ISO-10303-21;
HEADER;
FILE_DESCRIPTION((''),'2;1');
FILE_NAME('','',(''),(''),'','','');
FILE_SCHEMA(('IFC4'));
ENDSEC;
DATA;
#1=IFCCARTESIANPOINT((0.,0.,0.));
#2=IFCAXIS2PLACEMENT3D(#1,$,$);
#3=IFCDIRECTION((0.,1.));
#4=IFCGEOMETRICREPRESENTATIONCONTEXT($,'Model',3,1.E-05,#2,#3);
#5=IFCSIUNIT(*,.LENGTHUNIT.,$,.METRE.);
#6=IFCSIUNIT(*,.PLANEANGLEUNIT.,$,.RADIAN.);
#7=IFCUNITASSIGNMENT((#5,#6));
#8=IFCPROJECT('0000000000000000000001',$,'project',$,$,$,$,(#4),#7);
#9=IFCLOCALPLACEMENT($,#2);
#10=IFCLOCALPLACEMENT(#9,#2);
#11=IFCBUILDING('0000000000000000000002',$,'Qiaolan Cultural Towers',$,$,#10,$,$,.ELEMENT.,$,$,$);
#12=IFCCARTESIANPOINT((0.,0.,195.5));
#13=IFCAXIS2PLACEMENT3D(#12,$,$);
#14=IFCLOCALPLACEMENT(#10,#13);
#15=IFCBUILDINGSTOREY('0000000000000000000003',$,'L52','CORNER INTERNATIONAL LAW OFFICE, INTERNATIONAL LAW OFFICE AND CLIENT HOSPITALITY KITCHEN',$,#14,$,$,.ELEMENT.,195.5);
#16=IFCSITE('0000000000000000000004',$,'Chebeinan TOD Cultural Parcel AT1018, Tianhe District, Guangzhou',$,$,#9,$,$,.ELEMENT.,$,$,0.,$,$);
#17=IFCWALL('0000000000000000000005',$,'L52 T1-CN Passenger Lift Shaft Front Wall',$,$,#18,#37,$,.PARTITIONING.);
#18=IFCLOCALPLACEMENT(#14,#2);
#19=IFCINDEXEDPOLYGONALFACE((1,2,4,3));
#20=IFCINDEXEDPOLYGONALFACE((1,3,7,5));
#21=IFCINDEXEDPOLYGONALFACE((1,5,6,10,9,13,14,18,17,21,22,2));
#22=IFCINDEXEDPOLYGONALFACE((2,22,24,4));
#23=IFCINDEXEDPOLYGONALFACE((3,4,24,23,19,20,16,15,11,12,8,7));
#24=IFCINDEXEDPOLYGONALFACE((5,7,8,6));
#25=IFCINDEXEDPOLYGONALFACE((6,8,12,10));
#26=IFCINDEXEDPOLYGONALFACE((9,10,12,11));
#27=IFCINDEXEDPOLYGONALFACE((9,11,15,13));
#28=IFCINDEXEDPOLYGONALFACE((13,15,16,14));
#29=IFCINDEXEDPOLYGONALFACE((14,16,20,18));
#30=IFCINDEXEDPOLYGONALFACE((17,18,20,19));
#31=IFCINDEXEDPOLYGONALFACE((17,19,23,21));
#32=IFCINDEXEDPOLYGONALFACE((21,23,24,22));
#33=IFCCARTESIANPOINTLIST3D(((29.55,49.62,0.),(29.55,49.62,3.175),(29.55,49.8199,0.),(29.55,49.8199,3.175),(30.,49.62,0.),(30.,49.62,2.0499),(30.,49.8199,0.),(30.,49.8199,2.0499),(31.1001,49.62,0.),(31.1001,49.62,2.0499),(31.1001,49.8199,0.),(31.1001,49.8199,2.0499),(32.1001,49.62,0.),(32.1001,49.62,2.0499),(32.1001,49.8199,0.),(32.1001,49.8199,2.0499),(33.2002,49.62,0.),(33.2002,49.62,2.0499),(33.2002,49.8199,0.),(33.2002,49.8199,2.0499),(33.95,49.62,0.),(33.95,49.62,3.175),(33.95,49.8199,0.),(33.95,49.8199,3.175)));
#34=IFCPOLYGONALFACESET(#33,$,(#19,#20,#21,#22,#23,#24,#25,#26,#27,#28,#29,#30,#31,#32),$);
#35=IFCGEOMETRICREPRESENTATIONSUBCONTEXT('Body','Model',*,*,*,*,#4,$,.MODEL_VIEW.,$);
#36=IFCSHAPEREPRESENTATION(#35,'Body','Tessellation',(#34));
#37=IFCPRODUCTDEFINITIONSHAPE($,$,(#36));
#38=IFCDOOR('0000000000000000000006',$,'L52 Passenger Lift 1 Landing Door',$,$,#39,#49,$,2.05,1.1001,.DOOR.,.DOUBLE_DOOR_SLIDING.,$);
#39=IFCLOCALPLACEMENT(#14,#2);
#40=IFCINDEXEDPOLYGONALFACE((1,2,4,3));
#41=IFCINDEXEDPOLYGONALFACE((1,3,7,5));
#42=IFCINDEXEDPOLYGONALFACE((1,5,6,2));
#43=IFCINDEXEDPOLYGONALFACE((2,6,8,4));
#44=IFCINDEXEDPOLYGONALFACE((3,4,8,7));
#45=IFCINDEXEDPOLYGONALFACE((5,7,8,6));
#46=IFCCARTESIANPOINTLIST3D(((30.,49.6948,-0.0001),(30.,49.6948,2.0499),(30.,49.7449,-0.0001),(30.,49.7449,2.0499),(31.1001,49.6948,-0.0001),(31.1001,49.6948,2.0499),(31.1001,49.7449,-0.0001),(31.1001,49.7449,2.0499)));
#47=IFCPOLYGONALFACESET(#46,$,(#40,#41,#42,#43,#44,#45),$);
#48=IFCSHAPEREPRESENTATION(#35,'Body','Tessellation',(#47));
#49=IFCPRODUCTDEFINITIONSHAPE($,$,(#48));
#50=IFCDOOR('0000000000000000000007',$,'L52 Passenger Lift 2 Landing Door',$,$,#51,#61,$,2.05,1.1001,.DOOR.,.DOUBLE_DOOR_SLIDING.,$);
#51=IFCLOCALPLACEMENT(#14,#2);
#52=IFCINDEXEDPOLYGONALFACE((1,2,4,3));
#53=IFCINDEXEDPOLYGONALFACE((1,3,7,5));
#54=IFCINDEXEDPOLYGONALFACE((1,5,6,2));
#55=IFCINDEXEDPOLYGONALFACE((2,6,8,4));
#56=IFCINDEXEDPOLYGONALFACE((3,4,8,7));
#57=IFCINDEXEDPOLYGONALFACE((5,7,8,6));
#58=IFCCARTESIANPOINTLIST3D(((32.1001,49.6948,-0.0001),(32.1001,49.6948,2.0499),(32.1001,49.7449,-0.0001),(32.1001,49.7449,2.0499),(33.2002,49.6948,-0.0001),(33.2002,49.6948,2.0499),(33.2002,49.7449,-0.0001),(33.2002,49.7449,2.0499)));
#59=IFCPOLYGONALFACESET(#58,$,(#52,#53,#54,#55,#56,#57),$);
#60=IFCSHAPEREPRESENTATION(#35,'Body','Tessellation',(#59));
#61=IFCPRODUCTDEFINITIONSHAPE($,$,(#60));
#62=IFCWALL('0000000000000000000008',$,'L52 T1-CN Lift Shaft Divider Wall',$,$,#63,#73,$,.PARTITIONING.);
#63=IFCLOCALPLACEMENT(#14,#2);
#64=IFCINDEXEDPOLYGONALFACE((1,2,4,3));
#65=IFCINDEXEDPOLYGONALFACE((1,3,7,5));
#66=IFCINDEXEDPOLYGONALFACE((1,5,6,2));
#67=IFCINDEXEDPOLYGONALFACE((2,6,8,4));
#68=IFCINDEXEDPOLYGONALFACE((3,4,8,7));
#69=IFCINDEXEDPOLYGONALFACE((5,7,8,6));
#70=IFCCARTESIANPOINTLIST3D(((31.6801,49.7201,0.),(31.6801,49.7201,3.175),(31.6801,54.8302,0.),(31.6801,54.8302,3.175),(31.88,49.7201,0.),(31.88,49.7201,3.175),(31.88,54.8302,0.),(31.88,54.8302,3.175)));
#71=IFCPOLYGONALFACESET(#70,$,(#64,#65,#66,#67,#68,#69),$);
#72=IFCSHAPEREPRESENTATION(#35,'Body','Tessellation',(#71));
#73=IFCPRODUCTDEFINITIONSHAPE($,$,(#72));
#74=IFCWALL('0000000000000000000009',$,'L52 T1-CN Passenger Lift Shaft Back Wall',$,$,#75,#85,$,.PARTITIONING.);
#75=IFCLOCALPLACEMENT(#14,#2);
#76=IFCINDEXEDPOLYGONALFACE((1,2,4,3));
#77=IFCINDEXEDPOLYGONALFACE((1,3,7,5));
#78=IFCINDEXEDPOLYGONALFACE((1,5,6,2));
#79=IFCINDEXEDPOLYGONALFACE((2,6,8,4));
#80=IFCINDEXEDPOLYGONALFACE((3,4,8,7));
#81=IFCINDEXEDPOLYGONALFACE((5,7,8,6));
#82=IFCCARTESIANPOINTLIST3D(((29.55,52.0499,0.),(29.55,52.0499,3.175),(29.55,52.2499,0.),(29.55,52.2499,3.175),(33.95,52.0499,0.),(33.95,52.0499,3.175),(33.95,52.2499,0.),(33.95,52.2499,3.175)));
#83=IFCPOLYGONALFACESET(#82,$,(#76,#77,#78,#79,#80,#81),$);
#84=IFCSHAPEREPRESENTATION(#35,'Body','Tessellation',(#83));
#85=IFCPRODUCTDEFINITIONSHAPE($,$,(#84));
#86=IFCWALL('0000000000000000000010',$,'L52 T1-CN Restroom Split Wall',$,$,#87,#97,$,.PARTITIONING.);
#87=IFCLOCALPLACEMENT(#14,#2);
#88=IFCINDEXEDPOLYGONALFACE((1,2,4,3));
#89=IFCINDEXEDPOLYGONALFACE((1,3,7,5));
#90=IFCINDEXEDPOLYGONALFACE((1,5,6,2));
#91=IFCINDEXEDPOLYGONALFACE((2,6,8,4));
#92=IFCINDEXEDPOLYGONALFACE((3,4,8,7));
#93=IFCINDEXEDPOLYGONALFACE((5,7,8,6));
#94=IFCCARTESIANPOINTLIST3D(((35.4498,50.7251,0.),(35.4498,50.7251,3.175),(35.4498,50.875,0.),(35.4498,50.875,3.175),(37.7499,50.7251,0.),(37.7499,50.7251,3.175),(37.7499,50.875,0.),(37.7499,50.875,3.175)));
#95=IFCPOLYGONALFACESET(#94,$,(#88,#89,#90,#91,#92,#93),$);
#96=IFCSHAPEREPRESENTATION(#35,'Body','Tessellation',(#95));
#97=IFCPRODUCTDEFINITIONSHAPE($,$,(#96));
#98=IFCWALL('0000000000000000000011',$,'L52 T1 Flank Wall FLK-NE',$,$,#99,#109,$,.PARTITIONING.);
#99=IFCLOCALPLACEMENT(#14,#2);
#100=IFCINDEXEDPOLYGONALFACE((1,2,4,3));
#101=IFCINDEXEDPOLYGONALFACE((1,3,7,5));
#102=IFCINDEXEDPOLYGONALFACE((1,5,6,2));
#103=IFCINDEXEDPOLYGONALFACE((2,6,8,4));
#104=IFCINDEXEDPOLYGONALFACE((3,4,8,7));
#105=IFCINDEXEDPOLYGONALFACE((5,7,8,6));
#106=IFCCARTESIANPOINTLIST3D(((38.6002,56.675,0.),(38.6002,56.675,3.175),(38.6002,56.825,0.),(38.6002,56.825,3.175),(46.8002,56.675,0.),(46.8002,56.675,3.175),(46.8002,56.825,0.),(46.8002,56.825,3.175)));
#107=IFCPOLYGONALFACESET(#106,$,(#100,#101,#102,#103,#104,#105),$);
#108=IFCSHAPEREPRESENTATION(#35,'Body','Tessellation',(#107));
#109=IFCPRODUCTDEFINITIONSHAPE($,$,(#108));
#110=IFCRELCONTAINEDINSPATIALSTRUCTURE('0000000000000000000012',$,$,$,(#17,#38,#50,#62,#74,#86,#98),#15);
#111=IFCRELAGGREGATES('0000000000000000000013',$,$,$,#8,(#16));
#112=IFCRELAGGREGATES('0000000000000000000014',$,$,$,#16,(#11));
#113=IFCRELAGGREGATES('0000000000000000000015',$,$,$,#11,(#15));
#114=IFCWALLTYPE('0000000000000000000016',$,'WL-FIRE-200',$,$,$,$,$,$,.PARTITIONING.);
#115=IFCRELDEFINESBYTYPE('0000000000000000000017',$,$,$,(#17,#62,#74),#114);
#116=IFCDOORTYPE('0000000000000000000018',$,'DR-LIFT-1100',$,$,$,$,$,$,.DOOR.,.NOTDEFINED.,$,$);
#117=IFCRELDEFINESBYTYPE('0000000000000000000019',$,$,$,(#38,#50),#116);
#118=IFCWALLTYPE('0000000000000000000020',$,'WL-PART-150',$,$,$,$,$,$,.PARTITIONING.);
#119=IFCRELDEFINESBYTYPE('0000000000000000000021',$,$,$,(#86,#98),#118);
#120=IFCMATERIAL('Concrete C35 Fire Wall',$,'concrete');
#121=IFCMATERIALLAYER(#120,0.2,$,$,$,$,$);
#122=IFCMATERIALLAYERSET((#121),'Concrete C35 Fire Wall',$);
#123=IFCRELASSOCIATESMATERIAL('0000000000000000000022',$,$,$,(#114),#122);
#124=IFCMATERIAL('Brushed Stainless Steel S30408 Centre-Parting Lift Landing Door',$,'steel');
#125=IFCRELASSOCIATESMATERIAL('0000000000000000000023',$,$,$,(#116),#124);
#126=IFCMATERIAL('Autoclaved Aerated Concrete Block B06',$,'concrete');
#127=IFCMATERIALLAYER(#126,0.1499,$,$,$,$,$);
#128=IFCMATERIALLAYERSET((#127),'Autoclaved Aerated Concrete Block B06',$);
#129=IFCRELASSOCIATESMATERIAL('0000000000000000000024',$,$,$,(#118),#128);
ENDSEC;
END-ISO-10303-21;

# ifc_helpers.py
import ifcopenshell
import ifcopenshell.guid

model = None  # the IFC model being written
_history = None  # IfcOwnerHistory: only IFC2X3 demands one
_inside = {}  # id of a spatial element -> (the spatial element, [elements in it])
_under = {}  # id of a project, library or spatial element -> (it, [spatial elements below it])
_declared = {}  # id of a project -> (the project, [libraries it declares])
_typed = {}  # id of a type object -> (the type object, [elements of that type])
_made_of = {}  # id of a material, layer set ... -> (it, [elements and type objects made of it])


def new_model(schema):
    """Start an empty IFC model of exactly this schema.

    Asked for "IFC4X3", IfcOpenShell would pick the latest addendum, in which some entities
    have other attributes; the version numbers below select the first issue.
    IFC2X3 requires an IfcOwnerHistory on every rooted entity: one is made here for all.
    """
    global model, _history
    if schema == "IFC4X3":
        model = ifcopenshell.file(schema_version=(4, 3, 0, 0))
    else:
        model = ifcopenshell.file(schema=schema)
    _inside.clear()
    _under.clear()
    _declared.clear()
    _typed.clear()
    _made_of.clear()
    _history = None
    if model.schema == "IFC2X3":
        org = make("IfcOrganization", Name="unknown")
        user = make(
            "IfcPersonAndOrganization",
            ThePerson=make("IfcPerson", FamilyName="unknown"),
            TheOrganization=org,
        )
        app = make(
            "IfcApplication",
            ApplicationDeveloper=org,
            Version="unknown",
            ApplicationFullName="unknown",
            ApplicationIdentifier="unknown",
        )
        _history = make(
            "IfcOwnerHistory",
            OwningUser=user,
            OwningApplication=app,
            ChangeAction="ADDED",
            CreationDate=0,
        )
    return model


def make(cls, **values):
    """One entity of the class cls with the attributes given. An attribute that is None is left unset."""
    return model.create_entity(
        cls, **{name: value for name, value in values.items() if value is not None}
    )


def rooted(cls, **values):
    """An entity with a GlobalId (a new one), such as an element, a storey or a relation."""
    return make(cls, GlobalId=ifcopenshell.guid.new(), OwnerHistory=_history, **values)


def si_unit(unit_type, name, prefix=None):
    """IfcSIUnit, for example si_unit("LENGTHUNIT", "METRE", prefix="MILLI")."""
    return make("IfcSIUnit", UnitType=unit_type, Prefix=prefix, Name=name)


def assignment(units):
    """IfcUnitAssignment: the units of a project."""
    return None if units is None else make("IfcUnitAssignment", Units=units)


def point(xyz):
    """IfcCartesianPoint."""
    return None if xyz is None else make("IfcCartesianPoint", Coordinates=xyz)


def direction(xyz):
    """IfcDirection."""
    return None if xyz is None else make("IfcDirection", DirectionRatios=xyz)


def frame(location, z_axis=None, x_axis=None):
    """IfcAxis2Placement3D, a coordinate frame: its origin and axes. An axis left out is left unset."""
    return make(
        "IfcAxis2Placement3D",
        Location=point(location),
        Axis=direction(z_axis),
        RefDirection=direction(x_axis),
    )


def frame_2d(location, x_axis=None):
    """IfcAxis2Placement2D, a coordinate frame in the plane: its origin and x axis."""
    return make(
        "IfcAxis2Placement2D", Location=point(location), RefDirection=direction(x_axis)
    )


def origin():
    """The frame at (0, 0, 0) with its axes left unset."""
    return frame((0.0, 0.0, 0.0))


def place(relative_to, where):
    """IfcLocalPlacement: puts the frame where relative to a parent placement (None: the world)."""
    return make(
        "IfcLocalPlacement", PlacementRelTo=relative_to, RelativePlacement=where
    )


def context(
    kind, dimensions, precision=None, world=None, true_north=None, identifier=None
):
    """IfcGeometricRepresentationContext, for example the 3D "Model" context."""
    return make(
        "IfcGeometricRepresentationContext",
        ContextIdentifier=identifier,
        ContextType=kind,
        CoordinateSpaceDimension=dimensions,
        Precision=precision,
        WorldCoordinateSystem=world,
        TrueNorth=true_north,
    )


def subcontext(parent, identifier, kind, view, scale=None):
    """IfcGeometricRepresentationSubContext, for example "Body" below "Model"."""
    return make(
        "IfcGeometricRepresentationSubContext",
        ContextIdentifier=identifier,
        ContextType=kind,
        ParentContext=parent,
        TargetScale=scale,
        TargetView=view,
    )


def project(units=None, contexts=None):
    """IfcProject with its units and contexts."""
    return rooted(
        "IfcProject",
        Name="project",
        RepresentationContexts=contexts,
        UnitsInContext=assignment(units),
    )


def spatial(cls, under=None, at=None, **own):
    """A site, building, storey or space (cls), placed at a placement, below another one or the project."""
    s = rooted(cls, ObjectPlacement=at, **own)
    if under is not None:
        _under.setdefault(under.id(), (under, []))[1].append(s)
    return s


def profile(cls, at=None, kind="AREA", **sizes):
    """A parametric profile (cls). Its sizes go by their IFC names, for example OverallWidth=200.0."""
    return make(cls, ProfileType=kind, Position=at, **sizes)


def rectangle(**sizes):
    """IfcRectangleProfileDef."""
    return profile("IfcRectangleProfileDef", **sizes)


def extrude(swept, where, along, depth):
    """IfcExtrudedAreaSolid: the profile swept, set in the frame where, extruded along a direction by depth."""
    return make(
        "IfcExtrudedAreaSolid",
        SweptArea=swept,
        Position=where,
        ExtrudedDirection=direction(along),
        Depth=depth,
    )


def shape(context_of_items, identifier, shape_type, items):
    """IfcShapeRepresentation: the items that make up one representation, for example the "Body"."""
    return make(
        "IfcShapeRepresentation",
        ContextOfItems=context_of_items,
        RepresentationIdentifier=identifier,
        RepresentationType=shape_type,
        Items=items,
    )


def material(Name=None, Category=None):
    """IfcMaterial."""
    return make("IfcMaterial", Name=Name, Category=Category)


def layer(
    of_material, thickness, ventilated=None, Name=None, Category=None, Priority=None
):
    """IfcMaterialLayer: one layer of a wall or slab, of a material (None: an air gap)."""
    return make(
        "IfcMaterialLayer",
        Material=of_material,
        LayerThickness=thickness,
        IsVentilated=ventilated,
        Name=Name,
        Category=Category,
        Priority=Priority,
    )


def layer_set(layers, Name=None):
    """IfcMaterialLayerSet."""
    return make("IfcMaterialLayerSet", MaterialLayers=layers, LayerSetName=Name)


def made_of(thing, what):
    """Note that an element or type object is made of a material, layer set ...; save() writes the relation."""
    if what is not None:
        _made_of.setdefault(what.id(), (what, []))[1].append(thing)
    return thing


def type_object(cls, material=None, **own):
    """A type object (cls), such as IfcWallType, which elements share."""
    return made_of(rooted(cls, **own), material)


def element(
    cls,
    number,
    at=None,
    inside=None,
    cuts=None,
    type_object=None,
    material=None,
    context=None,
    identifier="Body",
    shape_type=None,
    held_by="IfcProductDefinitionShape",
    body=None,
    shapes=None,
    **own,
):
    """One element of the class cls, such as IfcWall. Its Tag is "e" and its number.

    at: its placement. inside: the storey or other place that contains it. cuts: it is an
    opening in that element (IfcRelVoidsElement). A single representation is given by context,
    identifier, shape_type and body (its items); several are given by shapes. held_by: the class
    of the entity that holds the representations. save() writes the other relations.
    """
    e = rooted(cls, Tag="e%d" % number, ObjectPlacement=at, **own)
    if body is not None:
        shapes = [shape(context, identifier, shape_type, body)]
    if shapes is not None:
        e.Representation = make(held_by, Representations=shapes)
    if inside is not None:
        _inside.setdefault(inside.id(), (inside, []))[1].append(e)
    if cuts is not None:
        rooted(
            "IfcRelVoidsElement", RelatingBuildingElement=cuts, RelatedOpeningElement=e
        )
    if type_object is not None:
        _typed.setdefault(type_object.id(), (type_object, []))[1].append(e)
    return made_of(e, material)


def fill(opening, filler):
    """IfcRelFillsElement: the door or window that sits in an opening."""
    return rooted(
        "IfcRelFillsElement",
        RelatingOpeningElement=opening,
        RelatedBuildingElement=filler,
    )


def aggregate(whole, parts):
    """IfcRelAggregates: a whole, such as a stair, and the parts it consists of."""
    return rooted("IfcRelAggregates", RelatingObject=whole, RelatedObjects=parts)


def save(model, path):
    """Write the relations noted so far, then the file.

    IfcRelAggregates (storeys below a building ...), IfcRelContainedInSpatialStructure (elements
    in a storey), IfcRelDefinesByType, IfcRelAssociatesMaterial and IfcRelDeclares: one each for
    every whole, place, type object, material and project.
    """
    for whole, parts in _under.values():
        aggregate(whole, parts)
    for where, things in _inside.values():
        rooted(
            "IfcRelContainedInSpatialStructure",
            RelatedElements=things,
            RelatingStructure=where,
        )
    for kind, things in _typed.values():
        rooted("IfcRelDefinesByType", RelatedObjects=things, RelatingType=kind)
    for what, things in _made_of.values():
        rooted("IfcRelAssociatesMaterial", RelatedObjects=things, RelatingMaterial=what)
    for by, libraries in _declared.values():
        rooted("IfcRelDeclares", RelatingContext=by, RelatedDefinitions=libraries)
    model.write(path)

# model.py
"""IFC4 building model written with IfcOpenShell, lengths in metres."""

from ifc_helpers import new_model, si_unit, direction, frame, frame_2d, origin, place, context, subcontext, project, spatial, rectangle, extrude, material, layer, layer_set, type_object, element, fill, save


model = new_model("IFC4")

# Units and contexts
model_context = context("Model", 3, precision=1e-05, world=origin(), true_north=direction((0.0, 1.0)))
body_context = subcontext(model_context, "Body", "Model", "MODEL_VIEW")
ifc_project = project(units=[si_unit("LENGTHUNIT", "METRE"), si_unit("PLANEANGLEUNIT", "RADIAN")], contexts=[model_context])

# Site, building, storey
site_placement = place(None, origin())
site = spatial("IfcSite", under=ifc_project, at=site_placement, Name="Chebeinan TOD Cultural Parcel AT1018, Tianhe District, Guangzhou", CompositionType="ELEMENT", RefElevation=0.0)
building_placement = place(site_placement, origin())
building = spatial("IfcBuilding", under=site, at=building_placement, Name="Qiaolan Cultural Towers", CompositionType="ELEMENT")
storey_placement = place(building_placement, frame((0.0, 0.0, 195.5)))
storey = spatial("IfcBuildingStorey", under=building, at=storey_placement, Name="L52", Description="CORNER INTERNATIONAL LAW OFFICE, INTERNATIONAL LAW OFFICE AND CLIENT HOSPITALITY KITCHEN", CompositionType="ELEMENT", Elevation=195.5)

# Shared definitions
ifc_material_1 = material(Name="Concrete C35 Fire Wall", Category="concrete")
ifc_layer_1 = layer(ifc_material_1, 0.2)
ifc_layer_set_1 = layer_set([ifc_layer_1], Name="Concrete C35 Fire Wall")
wall_type_1 = type_object("IfcWallType", Name="WL-FIRE-200", PredefinedType="PARTITIONING", material=ifc_layer_set_1)
ifc_material_2 = material(Name="Brushed Stainless Steel S30408 Centre-Parting Lift Landing Door", Category="steel")
door_type = type_object("IfcDoorType", Name="DR-LIFT-1100", OperationType="NOTDEFINED", PredefinedType="DOOR", material=ifc_material_2)

# Wall, openings, doors
wall_1_placement = place(storey_placement, frame((29.55, 49.72, 0.0), z_axis=(0.0, 0.0, 1.0), x_axis=(1.0, 0.0, 0.0)))
wall_1 = element("IfcWall", 1, at=wall_1_placement, inside=storey, type_object=wall_type_1, Name="L52 T1-CN Passenger Lift Shaft Front Wall", PredefinedType="PARTITIONING", context=body_context, shape_type="SweptSolid", body=[
    extrude(rectangle(XDim=4.3999, YDim=0.2, at=frame_2d((2.2, 0.0))), origin(), (0.0, 0.0, 1.0), 3.175),
])
opening_1_placement = place(wall_1_placement, frame((0.45, 0.0, 0.0)))
opening_1 = element("IfcOpeningElement", 2, at=opening_1_placement, cuts=wall_1, PredefinedType="OPENING", context=body_context, shape_type="SweptSolid", body=[
    extrude(rectangle(XDim=1.1001, YDim=2.05, at=frame_2d((0.55, 1.0249))), frame((0.0, 0.1099, 0.0), z_axis=(0.0, -1.0, 0.0), x_axis=(1.0, 0.0, 0.0)), (0.0, 0.0, 1.0), 0.22),
])
opening_2_placement = place(wall_1_placement, frame((2.55, 0.0, 0.0)))
opening_2 = element("IfcOpeningElement", 3, at=opening_2_placement, cuts=wall_1, PredefinedType="OPENING", context=body_context, shape_type="SweptSolid", body=[
    extrude(rectangle(XDim=1.1001, YDim=2.05, at=frame_2d((0.55, 1.0249))), frame((0.0, 0.1099, 0.0), z_axis=(0.0, -1.0, 0.0), x_axis=(1.0, 0.0, 0.0)), (0.0, 0.0, 1.0), 0.22),
])
door_1_placement = place(opening_1_placement, origin())
door_1 = element("IfcDoor", 4, at=door_1_placement, inside=storey, type_object=door_type, Name="L52 Passenger Lift 1 Landing Door", OperationType="DOUBLE_DOOR_SLIDING", OverallHeight=2.05, OverallWidth=1.1001, PredefinedType="DOOR", context=body_context, shape_type="SweptSolid", body=[
    extrude(rectangle(XDim=1.1001, YDim=2.05, at=frame_2d((0.55, 1.0249))), frame((0.0, 0.0249, 0.0), z_axis=(0.0, -1.0, 0.0), x_axis=(1.0, 0.0, 0.0)), (0.0, 0.0, 1.0), 0.05),
])
fill(opening_1, door_1)
door_2_placement = place(opening_2_placement, origin())
door_2 = element("IfcDoor", 5, at=door_2_placement, inside=storey, type_object=door_type, Name="L52 Passenger Lift 2 Landing Door", OperationType="DOUBLE_DOOR_SLIDING", OverallHeight=2.05, OverallWidth=1.1001, PredefinedType="DOOR", context=body_context, shape_type="SweptSolid", body=[
    extrude(rectangle(XDim=1.1001, YDim=2.05, at=frame_2d((0.55, 1.0249))), frame((0.0, 0.0249, 0.0), z_axis=(0.0, -1.0, 0.0), x_axis=(1.0, 0.0, 0.0)), (0.0, 0.0, 1.0), 0.05),
])
fill(opening_2, door_2)

# Walls
wall_2_placement = place(storey_placement, frame((31.78, 49.72, 0.0), z_axis=(0.0, 0.0, 1.0), x_axis=(0.0, 1.0, 0.0)))
element("IfcWall", 6, at=wall_2_placement, inside=storey, type_object=wall_type_1, Name="L52 T1-CN Lift Shaft Divider Wall", PredefinedType="PARTITIONING", context=body_context, shape_type="SweptSolid", body=[
    extrude(rectangle(XDim=5.1101, YDim=0.2, at=frame_2d((2.5552, 0.0))), origin(), (0.0, 0.0, 1.0), 3.175),
])
wall_3_placement = place(storey_placement, frame((29.55, 52.1499, 0.0), z_axis=(0.0, 0.0, 1.0), x_axis=(1.0, 0.0, 0.0)))
element("IfcWall", 7, at=wall_3_placement, inside=storey, type_object=wall_type_1, Name="L52 T1-CN Passenger Lift Shaft Back Wall", PredefinedType="PARTITIONING", context=body_context, shape_type="SweptSolid", body=[
    extrude(rectangle(XDim=4.3999, YDim=0.2, at=frame_2d((2.2, 0.0))), origin(), (0.0, 0.0, 1.0), 3.175),
])
ifc_material_3 = material(Name="Autoclaved Aerated Concrete Block B06", Category="concrete")
ifc_layer_2 = layer(ifc_material_3, 0.1499)
ifc_layer_set_2 = layer_set([ifc_layer_2], Name="Autoclaved Aerated Concrete Block B06")
wall_type_2 = type_object("IfcWallType", Name="WL-PART-150", PredefinedType="PARTITIONING", material=ifc_layer_set_2)
wall_4_placement = place(storey_placement, frame((35.45, 50.8, 0.0), z_axis=(0.0, 0.0, 1.0), x_axis=(1.0, 0.0, 0.0)))
element("IfcWall", 8, at=wall_4_placement, inside=storey, type_object=wall_type_2, Name="L52 T1-CN Restroom Split Wall", PredefinedType="PARTITIONING", context=body_context, shape_type="SweptSolid", body=[
    extrude(rectangle(XDim=2.3, YDim=0.1499, at=frame_2d((1.1499, 0.0))), origin(), (0.0, 0.0, 1.0), 3.175),
])
wall_5_placement = place(storey_placement, frame((38.6001, 56.75, 0.0), z_axis=(0.0, 0.0, 1.0), x_axis=(1.0, 0.0, 0.0)))
element("IfcWall", 9, at=wall_5_placement, inside=storey, type_object=wall_type_2, Name="L52 T1 Flank Wall FLK-NE", PredefinedType="PARTITIONING", context=body_context, shape_type="SweptSolid", body=[
    extrude(rectangle(XDim=8.2, YDim=0.1499, at=frame_2d((4.1001, 0.0))), origin(), (0.0, 0.0, 1.0), 3.175),
])

save(model, "model.ifc")
